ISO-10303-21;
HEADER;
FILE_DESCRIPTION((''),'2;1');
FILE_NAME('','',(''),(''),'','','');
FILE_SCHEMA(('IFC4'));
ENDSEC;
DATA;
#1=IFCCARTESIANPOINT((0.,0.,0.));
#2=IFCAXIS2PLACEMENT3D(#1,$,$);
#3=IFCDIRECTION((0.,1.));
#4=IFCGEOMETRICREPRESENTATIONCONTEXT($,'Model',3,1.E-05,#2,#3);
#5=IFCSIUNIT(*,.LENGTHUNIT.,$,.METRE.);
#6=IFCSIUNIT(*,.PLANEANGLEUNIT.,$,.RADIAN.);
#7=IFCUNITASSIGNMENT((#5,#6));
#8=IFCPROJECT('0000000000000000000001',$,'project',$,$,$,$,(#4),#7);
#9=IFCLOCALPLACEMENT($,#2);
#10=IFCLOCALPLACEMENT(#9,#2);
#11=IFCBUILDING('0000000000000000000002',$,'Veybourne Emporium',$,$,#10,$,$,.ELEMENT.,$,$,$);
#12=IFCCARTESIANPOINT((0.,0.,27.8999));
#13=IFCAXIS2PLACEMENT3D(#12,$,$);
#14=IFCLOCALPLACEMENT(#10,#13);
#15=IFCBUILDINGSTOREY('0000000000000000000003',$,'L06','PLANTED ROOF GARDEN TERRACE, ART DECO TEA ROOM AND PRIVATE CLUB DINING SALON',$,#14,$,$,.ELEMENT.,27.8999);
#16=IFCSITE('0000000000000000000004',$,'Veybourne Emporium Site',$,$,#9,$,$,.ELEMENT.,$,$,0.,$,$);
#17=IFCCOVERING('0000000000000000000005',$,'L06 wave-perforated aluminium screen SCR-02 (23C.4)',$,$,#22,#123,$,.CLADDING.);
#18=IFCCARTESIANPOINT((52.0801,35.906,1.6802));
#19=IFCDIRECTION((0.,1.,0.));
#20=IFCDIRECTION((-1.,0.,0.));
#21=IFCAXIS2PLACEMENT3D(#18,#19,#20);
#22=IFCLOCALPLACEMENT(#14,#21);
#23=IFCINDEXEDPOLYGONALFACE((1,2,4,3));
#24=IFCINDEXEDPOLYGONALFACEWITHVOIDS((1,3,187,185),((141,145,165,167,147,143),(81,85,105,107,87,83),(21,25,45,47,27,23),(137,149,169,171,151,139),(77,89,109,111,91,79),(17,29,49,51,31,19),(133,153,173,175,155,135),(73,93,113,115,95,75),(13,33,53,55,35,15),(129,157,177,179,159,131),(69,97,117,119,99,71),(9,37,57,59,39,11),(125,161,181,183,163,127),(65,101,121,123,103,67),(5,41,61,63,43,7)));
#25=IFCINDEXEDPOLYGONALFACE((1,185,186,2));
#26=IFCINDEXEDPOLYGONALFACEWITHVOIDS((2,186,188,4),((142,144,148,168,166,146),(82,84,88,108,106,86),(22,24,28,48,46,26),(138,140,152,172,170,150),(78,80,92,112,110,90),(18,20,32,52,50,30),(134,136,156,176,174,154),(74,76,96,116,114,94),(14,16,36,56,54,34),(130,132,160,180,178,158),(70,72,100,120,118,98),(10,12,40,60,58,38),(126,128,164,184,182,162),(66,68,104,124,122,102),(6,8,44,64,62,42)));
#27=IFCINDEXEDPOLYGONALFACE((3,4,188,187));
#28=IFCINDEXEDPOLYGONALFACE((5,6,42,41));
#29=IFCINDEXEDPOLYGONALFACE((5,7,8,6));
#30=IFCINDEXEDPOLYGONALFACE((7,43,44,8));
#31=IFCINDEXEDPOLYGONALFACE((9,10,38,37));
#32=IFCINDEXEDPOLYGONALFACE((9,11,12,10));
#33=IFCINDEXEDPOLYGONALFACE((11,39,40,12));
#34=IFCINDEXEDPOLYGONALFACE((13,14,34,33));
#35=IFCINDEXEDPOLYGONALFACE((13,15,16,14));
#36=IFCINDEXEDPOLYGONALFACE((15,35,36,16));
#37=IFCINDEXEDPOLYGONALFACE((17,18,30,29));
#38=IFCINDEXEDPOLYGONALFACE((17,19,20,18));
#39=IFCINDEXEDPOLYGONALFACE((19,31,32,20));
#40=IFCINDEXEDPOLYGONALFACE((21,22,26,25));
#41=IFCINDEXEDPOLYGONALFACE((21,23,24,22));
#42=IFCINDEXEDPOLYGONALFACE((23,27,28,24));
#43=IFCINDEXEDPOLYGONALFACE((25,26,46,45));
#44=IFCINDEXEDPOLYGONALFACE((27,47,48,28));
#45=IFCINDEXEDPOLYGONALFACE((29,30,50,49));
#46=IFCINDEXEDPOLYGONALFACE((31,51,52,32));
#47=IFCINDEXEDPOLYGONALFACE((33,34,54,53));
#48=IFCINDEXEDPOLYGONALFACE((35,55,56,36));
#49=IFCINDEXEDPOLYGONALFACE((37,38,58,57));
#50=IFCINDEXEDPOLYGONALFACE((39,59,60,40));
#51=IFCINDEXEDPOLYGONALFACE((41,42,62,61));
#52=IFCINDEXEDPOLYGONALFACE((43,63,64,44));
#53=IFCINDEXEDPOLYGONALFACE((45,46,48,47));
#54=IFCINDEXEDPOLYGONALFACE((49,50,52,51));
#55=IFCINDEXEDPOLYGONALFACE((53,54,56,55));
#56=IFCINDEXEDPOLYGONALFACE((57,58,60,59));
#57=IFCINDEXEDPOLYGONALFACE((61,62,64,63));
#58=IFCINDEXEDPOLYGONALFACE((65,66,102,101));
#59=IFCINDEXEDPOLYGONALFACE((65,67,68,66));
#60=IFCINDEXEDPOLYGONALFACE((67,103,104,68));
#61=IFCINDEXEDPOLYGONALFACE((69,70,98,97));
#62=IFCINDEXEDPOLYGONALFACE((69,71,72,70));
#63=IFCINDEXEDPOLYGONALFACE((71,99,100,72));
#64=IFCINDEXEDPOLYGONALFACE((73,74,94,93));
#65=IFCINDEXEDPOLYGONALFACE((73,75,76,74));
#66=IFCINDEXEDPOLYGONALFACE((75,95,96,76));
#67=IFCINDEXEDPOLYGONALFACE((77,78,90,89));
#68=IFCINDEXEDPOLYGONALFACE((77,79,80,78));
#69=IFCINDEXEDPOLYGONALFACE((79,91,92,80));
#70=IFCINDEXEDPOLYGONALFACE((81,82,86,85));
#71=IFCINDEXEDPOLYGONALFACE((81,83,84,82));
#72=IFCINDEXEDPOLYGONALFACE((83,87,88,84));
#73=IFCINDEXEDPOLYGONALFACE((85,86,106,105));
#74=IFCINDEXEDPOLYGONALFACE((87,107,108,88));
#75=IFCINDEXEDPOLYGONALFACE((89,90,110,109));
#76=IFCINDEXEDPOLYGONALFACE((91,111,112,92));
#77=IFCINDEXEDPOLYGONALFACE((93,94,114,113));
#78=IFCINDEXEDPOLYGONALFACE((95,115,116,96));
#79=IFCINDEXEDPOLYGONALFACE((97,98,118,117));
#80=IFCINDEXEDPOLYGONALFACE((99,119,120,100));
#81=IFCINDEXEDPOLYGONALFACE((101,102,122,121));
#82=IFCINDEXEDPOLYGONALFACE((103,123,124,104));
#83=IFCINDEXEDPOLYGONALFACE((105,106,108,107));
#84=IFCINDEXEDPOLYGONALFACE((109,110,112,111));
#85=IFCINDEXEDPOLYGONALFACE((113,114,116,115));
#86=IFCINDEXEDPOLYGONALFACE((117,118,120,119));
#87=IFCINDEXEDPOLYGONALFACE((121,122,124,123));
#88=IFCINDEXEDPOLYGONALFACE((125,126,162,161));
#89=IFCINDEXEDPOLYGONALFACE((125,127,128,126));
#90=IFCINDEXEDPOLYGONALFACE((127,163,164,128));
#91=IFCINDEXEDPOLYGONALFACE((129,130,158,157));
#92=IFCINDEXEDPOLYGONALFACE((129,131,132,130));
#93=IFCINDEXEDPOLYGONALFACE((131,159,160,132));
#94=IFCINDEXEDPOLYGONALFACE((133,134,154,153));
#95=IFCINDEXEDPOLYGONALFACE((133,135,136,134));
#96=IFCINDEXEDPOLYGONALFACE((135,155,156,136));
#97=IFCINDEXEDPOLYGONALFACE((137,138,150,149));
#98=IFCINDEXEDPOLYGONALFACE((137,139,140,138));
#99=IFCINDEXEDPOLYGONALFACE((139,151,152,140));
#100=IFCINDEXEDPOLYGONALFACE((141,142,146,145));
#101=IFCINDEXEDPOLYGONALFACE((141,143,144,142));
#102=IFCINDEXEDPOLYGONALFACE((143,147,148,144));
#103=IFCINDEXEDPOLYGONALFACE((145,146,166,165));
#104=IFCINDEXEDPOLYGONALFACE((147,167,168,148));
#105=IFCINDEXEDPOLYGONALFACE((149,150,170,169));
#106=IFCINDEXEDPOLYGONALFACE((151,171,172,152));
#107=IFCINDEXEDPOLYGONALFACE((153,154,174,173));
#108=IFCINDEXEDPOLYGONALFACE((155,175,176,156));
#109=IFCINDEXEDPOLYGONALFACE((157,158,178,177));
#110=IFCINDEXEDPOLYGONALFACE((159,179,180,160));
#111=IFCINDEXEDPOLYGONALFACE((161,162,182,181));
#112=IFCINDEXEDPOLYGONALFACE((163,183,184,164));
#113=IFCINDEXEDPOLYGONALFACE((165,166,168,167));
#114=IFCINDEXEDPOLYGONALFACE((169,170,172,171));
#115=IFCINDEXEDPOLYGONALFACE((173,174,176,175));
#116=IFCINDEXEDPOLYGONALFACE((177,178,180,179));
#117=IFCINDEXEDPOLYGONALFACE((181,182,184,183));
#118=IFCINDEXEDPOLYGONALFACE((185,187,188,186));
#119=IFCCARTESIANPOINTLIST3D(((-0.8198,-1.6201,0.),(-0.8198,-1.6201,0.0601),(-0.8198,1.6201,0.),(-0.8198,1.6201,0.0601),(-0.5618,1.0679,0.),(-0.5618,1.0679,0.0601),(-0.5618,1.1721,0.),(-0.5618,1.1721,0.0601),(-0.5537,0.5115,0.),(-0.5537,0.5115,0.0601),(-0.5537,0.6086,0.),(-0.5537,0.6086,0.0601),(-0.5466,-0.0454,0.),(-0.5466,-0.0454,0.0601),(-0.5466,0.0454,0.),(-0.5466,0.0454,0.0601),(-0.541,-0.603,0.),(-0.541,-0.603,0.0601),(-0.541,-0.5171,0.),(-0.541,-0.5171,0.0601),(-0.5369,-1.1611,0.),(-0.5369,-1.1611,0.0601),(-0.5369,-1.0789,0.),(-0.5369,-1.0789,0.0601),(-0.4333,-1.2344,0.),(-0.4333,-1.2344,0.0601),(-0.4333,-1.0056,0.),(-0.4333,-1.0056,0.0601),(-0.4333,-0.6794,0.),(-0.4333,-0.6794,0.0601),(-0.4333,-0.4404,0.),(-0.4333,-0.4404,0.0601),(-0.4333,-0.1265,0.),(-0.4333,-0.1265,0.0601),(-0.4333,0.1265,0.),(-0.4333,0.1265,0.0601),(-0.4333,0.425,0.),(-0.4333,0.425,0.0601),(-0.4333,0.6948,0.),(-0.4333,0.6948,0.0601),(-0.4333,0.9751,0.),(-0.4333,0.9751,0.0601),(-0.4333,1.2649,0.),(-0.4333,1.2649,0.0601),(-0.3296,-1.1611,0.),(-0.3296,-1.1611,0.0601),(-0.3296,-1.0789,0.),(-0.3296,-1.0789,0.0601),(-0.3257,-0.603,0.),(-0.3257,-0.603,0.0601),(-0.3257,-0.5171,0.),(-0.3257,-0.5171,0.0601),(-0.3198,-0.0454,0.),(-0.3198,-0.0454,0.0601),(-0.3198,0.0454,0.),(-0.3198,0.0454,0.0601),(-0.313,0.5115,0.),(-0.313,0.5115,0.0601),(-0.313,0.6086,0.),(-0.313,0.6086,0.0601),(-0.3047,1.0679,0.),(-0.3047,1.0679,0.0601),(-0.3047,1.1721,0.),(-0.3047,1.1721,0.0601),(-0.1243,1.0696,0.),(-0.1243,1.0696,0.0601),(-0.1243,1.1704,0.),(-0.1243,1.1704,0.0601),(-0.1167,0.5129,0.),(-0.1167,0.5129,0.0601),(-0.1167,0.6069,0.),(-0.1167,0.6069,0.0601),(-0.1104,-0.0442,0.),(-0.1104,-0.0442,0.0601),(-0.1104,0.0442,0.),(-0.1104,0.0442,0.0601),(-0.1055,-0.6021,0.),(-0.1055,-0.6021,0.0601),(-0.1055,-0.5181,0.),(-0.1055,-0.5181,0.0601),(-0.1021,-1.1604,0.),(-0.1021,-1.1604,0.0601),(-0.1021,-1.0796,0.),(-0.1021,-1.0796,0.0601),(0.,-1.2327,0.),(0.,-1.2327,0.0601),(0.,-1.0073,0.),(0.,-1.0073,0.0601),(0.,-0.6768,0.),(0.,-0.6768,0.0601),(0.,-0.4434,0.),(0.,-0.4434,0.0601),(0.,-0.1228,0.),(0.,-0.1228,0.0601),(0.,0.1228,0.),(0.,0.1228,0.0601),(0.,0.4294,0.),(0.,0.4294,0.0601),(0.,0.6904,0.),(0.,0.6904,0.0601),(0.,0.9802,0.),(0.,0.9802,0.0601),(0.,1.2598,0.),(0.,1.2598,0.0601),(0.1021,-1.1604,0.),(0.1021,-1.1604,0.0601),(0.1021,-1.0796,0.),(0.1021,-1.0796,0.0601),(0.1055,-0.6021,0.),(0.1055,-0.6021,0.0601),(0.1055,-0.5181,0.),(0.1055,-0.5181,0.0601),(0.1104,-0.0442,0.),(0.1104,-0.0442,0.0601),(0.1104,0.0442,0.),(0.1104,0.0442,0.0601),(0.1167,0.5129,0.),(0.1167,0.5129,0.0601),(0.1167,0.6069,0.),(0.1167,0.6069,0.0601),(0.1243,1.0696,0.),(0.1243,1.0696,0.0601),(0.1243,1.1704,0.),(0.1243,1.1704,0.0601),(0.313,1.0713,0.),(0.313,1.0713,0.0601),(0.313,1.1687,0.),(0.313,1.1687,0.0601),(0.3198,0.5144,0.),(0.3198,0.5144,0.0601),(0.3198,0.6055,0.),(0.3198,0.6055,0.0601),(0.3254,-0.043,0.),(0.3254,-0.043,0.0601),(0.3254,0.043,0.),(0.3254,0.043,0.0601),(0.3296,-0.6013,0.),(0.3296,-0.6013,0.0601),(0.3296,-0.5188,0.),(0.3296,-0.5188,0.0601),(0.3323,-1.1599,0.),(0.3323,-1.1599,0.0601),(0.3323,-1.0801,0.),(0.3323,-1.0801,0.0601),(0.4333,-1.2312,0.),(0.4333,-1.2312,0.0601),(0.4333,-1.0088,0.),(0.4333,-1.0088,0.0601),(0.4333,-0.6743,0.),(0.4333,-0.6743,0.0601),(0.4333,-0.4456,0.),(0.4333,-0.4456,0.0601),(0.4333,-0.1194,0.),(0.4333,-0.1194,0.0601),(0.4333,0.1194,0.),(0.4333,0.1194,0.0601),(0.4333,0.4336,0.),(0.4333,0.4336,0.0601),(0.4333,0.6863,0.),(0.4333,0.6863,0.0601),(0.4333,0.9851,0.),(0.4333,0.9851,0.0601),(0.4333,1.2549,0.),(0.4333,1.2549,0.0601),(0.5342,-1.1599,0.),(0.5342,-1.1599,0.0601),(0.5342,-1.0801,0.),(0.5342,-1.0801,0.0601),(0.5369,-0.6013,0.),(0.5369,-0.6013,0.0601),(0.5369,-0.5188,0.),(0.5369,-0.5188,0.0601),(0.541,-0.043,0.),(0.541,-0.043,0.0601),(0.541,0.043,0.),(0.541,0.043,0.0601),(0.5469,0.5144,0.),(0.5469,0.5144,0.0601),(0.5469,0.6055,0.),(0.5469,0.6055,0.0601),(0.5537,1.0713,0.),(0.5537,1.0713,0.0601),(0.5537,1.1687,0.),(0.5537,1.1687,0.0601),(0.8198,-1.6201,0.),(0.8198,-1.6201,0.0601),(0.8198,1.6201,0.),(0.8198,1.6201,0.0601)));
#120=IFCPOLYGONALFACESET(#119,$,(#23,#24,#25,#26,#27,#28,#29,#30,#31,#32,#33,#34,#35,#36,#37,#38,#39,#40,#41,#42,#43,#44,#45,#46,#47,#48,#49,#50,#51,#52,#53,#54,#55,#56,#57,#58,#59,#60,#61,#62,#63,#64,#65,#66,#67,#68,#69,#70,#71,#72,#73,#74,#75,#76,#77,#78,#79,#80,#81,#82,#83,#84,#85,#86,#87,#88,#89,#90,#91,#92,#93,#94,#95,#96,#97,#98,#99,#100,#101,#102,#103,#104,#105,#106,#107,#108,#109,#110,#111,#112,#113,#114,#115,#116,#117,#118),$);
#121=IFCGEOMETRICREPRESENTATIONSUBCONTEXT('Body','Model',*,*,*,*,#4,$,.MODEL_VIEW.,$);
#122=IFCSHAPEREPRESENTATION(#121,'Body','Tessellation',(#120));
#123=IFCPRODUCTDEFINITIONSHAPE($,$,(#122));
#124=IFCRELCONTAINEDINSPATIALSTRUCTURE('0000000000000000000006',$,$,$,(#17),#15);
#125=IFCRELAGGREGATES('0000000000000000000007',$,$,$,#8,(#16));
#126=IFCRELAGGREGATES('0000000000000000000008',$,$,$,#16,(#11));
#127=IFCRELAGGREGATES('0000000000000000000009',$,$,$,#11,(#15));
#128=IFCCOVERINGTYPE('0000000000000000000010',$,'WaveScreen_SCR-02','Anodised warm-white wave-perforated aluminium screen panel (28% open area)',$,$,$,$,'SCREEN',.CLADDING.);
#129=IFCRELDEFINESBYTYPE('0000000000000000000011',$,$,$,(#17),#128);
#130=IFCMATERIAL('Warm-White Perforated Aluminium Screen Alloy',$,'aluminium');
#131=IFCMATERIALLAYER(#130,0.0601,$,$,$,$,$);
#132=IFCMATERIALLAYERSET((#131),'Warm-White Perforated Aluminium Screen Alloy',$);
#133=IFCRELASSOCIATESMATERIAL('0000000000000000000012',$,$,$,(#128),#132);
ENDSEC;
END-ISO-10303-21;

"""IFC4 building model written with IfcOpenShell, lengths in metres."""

from ifc_helpers import new_model, si_unit, direction, frame, origin, place, context, subcontext, project, spatial, polyline, outline, extrude, material, layer, layer_set, type_object, element, save


model = new_model("IFC4")

# Units and contexts
model_context = context("Model", 3, precision=1e-05, world=origin(), true_north=direction((0.0, 1.0)))
body_context = subcontext(model_context, "Body", "Model", "MODEL_VIEW")
ifc_project = project(units=[si_unit("LENGTHUNIT", "METRE"), si_unit("PLANEANGLEUNIT", "RADIAN")], contexts=[model_context])

# Site, building, storey
site_placement = place(None, origin())
site = spatial("IfcSite", under=ifc_project, at=site_placement, Name="Veybourne Emporium Site", CompositionType="ELEMENT", RefElevation=0.0)
building_placement = place(site_placement, origin())
building = spatial("IfcBuilding", under=site, at=building_placement, Name="Veybourne Emporium", CompositionType="ELEMENT")
storey_placement = place(building_placement, frame((0.0, 0.0, 27.8999)))
storey = spatial("IfcBuildingStorey", under=building, at=storey_placement, Name="L06", Description="PLANTED ROOF GARDEN TERRACE, ART DECO TEA ROOM AND PRIVATE CLUB DINING SALON", CompositionType="ELEMENT", Elevation=27.8999)

# Covering
ifc_material_1 = material(Name="Warm-White Perforated Aluminium Screen Alloy", Category="aluminium")
ifc_layer_1 = layer(ifc_material_1, 0.0601)
ifc_layer_set_1 = layer_set([ifc_layer_1], Name="Warm-White Perforated Aluminium Screen Alloy")
covering_type_1 = type_object("IfcCoveringType", Name="WaveScreen_SCR-02", Description="Anodised warm-white wave-perforated aluminium screen panel (28% open area)", ElementType="SCREEN", PredefinedType="CLADDING", material=ifc_layer_set_1)
covering_1_placement = place(storey_placement, frame((52.0801, 35.906, 1.6802), z_axis=(0.0, 1.0, 0.0), x_axis=(-1.0, 0.0, 0.0)))
element("IfcCovering", 1, at=covering_1_placement, inside=storey, type_object=covering_type_1, Name="L06 wave-perforated aluminium screen SCR-02 (23C.4)", PredefinedType="CLADDING", context=body_context, shape_type="SweptSolid", body=[
    extrude(outline(polyline([(-0.8198, -1.6201), (0.8198, -1.6201), (0.8198, 1.6201), (-0.8198, 1.6201), (-0.8198, -1.6201)]), holes=[polyline([(-0.4333, -1.0056), (-0.3296, -1.0789), (-0.3296, -1.1611), (-0.4333, -1.2344), (-0.5369, -1.1611), (-0.5369, -1.0789), (-0.4333, -1.0056)]), polyline([(-0.4333, -0.4404), (-0.3257, -0.5171), (-0.3257, -0.603), (-0.4333, -0.6794), (-0.541, -0.603), (-0.541, -0.5171), (-0.4333, -0.4404)]), polyline([(-0.4333, 0.1265), (-0.3198, 0.0454), (-0.3198, -0.0454), (-0.4333, -0.1265), (-0.5466, -0.0454), (-0.5466, 0.0454), (-0.4333, 0.1265)]), polyline([(-0.4333, 0.6948), (-0.313, 0.6086), (-0.313, 0.5115), (-0.4333, 0.425), (-0.5537, 0.5115), (-0.5537, 0.6086), (-0.4333, 0.6948)]), polyline([(-0.4333, 1.2649), (-0.3047, 1.1721), (-0.3047, 1.0679), (-0.4333, 0.9751), (-0.5618, 1.0679), (-0.5618, 1.1721), (-0.4333, 1.2649)]), polyline([(0.0, -1.0073), (0.1021, -1.0796), (0.1021, -1.1604), (0.0, -1.2327), (-0.1021, -1.1604), (-0.1021, -1.0796), (0.0, -1.0073)]), polyline([(0.0, -0.4434), (0.1055, -0.5181), (0.1055, -0.6021), (0.0, -0.6768), (-0.1055, -0.6021), (-0.1055, -0.5181), (0.0, -0.4434)]), polyline([(0.0, 0.1228), (0.1104, 0.0442), (0.1104, -0.0442), (0.0, -0.1228), (-0.1104, -0.0442), (-0.1104, 0.0442), (0.0, 0.1228)]), polyline([(0.0, 0.6904), (0.1167, 0.6069), (0.1167, 0.5129), (0.0, 0.4294), (-0.1167, 0.5129), (-0.1167, 0.6069), (0.0, 0.6904)]), polyline([(0.0, 1.2598), (0.1243, 1.1704), (0.1243, 1.0696), (0.0, 0.9802), (-0.1243, 1.0696), (-0.1243, 1.1704), (0.0, 1.2598)]), polyline([(0.4333, -1.0088), (0.5342, -1.0801), (0.5342, -1.1599), (0.4333, -1.2312), (0.3323, -1.1599), (0.3323, -1.0801), (0.4333, -1.0088)]), polyline([(0.4333, -0.4456), (0.5369, -0.5188), (0.5369, -0.6013), (0.4333, -0.6743), (0.3296, -0.6013), (0.3296, -0.5188), (0.4333, -0.4456)]), polyline([(0.4333, 0.1194), (0.541, 0.043), (0.541, -0.043), (0.4333, -0.1194), (0.3254, -0.043), (0.3254, 0.043), (0.4333, 0.1194)]), polyline([(0.4333, 0.6863), (0.5469, 0.6055), (0.5469, 0.5144), (0.4333, 0.4336), (0.3198, 0.5144), (0.3198, 0.6055), (0.4333, 0.6863)]), polyline([(0.4333, 1.2549), (0.5537, 1.1687), (0.5537, 1.0713), (0.4333, 0.9851), (0.313, 1.0713), (0.313, 1.1687), (0.4333, 1.2549)])]), origin(), (0.0, 0.0, 1.0), 0.0601),
])

save(model, "model.ifc")
